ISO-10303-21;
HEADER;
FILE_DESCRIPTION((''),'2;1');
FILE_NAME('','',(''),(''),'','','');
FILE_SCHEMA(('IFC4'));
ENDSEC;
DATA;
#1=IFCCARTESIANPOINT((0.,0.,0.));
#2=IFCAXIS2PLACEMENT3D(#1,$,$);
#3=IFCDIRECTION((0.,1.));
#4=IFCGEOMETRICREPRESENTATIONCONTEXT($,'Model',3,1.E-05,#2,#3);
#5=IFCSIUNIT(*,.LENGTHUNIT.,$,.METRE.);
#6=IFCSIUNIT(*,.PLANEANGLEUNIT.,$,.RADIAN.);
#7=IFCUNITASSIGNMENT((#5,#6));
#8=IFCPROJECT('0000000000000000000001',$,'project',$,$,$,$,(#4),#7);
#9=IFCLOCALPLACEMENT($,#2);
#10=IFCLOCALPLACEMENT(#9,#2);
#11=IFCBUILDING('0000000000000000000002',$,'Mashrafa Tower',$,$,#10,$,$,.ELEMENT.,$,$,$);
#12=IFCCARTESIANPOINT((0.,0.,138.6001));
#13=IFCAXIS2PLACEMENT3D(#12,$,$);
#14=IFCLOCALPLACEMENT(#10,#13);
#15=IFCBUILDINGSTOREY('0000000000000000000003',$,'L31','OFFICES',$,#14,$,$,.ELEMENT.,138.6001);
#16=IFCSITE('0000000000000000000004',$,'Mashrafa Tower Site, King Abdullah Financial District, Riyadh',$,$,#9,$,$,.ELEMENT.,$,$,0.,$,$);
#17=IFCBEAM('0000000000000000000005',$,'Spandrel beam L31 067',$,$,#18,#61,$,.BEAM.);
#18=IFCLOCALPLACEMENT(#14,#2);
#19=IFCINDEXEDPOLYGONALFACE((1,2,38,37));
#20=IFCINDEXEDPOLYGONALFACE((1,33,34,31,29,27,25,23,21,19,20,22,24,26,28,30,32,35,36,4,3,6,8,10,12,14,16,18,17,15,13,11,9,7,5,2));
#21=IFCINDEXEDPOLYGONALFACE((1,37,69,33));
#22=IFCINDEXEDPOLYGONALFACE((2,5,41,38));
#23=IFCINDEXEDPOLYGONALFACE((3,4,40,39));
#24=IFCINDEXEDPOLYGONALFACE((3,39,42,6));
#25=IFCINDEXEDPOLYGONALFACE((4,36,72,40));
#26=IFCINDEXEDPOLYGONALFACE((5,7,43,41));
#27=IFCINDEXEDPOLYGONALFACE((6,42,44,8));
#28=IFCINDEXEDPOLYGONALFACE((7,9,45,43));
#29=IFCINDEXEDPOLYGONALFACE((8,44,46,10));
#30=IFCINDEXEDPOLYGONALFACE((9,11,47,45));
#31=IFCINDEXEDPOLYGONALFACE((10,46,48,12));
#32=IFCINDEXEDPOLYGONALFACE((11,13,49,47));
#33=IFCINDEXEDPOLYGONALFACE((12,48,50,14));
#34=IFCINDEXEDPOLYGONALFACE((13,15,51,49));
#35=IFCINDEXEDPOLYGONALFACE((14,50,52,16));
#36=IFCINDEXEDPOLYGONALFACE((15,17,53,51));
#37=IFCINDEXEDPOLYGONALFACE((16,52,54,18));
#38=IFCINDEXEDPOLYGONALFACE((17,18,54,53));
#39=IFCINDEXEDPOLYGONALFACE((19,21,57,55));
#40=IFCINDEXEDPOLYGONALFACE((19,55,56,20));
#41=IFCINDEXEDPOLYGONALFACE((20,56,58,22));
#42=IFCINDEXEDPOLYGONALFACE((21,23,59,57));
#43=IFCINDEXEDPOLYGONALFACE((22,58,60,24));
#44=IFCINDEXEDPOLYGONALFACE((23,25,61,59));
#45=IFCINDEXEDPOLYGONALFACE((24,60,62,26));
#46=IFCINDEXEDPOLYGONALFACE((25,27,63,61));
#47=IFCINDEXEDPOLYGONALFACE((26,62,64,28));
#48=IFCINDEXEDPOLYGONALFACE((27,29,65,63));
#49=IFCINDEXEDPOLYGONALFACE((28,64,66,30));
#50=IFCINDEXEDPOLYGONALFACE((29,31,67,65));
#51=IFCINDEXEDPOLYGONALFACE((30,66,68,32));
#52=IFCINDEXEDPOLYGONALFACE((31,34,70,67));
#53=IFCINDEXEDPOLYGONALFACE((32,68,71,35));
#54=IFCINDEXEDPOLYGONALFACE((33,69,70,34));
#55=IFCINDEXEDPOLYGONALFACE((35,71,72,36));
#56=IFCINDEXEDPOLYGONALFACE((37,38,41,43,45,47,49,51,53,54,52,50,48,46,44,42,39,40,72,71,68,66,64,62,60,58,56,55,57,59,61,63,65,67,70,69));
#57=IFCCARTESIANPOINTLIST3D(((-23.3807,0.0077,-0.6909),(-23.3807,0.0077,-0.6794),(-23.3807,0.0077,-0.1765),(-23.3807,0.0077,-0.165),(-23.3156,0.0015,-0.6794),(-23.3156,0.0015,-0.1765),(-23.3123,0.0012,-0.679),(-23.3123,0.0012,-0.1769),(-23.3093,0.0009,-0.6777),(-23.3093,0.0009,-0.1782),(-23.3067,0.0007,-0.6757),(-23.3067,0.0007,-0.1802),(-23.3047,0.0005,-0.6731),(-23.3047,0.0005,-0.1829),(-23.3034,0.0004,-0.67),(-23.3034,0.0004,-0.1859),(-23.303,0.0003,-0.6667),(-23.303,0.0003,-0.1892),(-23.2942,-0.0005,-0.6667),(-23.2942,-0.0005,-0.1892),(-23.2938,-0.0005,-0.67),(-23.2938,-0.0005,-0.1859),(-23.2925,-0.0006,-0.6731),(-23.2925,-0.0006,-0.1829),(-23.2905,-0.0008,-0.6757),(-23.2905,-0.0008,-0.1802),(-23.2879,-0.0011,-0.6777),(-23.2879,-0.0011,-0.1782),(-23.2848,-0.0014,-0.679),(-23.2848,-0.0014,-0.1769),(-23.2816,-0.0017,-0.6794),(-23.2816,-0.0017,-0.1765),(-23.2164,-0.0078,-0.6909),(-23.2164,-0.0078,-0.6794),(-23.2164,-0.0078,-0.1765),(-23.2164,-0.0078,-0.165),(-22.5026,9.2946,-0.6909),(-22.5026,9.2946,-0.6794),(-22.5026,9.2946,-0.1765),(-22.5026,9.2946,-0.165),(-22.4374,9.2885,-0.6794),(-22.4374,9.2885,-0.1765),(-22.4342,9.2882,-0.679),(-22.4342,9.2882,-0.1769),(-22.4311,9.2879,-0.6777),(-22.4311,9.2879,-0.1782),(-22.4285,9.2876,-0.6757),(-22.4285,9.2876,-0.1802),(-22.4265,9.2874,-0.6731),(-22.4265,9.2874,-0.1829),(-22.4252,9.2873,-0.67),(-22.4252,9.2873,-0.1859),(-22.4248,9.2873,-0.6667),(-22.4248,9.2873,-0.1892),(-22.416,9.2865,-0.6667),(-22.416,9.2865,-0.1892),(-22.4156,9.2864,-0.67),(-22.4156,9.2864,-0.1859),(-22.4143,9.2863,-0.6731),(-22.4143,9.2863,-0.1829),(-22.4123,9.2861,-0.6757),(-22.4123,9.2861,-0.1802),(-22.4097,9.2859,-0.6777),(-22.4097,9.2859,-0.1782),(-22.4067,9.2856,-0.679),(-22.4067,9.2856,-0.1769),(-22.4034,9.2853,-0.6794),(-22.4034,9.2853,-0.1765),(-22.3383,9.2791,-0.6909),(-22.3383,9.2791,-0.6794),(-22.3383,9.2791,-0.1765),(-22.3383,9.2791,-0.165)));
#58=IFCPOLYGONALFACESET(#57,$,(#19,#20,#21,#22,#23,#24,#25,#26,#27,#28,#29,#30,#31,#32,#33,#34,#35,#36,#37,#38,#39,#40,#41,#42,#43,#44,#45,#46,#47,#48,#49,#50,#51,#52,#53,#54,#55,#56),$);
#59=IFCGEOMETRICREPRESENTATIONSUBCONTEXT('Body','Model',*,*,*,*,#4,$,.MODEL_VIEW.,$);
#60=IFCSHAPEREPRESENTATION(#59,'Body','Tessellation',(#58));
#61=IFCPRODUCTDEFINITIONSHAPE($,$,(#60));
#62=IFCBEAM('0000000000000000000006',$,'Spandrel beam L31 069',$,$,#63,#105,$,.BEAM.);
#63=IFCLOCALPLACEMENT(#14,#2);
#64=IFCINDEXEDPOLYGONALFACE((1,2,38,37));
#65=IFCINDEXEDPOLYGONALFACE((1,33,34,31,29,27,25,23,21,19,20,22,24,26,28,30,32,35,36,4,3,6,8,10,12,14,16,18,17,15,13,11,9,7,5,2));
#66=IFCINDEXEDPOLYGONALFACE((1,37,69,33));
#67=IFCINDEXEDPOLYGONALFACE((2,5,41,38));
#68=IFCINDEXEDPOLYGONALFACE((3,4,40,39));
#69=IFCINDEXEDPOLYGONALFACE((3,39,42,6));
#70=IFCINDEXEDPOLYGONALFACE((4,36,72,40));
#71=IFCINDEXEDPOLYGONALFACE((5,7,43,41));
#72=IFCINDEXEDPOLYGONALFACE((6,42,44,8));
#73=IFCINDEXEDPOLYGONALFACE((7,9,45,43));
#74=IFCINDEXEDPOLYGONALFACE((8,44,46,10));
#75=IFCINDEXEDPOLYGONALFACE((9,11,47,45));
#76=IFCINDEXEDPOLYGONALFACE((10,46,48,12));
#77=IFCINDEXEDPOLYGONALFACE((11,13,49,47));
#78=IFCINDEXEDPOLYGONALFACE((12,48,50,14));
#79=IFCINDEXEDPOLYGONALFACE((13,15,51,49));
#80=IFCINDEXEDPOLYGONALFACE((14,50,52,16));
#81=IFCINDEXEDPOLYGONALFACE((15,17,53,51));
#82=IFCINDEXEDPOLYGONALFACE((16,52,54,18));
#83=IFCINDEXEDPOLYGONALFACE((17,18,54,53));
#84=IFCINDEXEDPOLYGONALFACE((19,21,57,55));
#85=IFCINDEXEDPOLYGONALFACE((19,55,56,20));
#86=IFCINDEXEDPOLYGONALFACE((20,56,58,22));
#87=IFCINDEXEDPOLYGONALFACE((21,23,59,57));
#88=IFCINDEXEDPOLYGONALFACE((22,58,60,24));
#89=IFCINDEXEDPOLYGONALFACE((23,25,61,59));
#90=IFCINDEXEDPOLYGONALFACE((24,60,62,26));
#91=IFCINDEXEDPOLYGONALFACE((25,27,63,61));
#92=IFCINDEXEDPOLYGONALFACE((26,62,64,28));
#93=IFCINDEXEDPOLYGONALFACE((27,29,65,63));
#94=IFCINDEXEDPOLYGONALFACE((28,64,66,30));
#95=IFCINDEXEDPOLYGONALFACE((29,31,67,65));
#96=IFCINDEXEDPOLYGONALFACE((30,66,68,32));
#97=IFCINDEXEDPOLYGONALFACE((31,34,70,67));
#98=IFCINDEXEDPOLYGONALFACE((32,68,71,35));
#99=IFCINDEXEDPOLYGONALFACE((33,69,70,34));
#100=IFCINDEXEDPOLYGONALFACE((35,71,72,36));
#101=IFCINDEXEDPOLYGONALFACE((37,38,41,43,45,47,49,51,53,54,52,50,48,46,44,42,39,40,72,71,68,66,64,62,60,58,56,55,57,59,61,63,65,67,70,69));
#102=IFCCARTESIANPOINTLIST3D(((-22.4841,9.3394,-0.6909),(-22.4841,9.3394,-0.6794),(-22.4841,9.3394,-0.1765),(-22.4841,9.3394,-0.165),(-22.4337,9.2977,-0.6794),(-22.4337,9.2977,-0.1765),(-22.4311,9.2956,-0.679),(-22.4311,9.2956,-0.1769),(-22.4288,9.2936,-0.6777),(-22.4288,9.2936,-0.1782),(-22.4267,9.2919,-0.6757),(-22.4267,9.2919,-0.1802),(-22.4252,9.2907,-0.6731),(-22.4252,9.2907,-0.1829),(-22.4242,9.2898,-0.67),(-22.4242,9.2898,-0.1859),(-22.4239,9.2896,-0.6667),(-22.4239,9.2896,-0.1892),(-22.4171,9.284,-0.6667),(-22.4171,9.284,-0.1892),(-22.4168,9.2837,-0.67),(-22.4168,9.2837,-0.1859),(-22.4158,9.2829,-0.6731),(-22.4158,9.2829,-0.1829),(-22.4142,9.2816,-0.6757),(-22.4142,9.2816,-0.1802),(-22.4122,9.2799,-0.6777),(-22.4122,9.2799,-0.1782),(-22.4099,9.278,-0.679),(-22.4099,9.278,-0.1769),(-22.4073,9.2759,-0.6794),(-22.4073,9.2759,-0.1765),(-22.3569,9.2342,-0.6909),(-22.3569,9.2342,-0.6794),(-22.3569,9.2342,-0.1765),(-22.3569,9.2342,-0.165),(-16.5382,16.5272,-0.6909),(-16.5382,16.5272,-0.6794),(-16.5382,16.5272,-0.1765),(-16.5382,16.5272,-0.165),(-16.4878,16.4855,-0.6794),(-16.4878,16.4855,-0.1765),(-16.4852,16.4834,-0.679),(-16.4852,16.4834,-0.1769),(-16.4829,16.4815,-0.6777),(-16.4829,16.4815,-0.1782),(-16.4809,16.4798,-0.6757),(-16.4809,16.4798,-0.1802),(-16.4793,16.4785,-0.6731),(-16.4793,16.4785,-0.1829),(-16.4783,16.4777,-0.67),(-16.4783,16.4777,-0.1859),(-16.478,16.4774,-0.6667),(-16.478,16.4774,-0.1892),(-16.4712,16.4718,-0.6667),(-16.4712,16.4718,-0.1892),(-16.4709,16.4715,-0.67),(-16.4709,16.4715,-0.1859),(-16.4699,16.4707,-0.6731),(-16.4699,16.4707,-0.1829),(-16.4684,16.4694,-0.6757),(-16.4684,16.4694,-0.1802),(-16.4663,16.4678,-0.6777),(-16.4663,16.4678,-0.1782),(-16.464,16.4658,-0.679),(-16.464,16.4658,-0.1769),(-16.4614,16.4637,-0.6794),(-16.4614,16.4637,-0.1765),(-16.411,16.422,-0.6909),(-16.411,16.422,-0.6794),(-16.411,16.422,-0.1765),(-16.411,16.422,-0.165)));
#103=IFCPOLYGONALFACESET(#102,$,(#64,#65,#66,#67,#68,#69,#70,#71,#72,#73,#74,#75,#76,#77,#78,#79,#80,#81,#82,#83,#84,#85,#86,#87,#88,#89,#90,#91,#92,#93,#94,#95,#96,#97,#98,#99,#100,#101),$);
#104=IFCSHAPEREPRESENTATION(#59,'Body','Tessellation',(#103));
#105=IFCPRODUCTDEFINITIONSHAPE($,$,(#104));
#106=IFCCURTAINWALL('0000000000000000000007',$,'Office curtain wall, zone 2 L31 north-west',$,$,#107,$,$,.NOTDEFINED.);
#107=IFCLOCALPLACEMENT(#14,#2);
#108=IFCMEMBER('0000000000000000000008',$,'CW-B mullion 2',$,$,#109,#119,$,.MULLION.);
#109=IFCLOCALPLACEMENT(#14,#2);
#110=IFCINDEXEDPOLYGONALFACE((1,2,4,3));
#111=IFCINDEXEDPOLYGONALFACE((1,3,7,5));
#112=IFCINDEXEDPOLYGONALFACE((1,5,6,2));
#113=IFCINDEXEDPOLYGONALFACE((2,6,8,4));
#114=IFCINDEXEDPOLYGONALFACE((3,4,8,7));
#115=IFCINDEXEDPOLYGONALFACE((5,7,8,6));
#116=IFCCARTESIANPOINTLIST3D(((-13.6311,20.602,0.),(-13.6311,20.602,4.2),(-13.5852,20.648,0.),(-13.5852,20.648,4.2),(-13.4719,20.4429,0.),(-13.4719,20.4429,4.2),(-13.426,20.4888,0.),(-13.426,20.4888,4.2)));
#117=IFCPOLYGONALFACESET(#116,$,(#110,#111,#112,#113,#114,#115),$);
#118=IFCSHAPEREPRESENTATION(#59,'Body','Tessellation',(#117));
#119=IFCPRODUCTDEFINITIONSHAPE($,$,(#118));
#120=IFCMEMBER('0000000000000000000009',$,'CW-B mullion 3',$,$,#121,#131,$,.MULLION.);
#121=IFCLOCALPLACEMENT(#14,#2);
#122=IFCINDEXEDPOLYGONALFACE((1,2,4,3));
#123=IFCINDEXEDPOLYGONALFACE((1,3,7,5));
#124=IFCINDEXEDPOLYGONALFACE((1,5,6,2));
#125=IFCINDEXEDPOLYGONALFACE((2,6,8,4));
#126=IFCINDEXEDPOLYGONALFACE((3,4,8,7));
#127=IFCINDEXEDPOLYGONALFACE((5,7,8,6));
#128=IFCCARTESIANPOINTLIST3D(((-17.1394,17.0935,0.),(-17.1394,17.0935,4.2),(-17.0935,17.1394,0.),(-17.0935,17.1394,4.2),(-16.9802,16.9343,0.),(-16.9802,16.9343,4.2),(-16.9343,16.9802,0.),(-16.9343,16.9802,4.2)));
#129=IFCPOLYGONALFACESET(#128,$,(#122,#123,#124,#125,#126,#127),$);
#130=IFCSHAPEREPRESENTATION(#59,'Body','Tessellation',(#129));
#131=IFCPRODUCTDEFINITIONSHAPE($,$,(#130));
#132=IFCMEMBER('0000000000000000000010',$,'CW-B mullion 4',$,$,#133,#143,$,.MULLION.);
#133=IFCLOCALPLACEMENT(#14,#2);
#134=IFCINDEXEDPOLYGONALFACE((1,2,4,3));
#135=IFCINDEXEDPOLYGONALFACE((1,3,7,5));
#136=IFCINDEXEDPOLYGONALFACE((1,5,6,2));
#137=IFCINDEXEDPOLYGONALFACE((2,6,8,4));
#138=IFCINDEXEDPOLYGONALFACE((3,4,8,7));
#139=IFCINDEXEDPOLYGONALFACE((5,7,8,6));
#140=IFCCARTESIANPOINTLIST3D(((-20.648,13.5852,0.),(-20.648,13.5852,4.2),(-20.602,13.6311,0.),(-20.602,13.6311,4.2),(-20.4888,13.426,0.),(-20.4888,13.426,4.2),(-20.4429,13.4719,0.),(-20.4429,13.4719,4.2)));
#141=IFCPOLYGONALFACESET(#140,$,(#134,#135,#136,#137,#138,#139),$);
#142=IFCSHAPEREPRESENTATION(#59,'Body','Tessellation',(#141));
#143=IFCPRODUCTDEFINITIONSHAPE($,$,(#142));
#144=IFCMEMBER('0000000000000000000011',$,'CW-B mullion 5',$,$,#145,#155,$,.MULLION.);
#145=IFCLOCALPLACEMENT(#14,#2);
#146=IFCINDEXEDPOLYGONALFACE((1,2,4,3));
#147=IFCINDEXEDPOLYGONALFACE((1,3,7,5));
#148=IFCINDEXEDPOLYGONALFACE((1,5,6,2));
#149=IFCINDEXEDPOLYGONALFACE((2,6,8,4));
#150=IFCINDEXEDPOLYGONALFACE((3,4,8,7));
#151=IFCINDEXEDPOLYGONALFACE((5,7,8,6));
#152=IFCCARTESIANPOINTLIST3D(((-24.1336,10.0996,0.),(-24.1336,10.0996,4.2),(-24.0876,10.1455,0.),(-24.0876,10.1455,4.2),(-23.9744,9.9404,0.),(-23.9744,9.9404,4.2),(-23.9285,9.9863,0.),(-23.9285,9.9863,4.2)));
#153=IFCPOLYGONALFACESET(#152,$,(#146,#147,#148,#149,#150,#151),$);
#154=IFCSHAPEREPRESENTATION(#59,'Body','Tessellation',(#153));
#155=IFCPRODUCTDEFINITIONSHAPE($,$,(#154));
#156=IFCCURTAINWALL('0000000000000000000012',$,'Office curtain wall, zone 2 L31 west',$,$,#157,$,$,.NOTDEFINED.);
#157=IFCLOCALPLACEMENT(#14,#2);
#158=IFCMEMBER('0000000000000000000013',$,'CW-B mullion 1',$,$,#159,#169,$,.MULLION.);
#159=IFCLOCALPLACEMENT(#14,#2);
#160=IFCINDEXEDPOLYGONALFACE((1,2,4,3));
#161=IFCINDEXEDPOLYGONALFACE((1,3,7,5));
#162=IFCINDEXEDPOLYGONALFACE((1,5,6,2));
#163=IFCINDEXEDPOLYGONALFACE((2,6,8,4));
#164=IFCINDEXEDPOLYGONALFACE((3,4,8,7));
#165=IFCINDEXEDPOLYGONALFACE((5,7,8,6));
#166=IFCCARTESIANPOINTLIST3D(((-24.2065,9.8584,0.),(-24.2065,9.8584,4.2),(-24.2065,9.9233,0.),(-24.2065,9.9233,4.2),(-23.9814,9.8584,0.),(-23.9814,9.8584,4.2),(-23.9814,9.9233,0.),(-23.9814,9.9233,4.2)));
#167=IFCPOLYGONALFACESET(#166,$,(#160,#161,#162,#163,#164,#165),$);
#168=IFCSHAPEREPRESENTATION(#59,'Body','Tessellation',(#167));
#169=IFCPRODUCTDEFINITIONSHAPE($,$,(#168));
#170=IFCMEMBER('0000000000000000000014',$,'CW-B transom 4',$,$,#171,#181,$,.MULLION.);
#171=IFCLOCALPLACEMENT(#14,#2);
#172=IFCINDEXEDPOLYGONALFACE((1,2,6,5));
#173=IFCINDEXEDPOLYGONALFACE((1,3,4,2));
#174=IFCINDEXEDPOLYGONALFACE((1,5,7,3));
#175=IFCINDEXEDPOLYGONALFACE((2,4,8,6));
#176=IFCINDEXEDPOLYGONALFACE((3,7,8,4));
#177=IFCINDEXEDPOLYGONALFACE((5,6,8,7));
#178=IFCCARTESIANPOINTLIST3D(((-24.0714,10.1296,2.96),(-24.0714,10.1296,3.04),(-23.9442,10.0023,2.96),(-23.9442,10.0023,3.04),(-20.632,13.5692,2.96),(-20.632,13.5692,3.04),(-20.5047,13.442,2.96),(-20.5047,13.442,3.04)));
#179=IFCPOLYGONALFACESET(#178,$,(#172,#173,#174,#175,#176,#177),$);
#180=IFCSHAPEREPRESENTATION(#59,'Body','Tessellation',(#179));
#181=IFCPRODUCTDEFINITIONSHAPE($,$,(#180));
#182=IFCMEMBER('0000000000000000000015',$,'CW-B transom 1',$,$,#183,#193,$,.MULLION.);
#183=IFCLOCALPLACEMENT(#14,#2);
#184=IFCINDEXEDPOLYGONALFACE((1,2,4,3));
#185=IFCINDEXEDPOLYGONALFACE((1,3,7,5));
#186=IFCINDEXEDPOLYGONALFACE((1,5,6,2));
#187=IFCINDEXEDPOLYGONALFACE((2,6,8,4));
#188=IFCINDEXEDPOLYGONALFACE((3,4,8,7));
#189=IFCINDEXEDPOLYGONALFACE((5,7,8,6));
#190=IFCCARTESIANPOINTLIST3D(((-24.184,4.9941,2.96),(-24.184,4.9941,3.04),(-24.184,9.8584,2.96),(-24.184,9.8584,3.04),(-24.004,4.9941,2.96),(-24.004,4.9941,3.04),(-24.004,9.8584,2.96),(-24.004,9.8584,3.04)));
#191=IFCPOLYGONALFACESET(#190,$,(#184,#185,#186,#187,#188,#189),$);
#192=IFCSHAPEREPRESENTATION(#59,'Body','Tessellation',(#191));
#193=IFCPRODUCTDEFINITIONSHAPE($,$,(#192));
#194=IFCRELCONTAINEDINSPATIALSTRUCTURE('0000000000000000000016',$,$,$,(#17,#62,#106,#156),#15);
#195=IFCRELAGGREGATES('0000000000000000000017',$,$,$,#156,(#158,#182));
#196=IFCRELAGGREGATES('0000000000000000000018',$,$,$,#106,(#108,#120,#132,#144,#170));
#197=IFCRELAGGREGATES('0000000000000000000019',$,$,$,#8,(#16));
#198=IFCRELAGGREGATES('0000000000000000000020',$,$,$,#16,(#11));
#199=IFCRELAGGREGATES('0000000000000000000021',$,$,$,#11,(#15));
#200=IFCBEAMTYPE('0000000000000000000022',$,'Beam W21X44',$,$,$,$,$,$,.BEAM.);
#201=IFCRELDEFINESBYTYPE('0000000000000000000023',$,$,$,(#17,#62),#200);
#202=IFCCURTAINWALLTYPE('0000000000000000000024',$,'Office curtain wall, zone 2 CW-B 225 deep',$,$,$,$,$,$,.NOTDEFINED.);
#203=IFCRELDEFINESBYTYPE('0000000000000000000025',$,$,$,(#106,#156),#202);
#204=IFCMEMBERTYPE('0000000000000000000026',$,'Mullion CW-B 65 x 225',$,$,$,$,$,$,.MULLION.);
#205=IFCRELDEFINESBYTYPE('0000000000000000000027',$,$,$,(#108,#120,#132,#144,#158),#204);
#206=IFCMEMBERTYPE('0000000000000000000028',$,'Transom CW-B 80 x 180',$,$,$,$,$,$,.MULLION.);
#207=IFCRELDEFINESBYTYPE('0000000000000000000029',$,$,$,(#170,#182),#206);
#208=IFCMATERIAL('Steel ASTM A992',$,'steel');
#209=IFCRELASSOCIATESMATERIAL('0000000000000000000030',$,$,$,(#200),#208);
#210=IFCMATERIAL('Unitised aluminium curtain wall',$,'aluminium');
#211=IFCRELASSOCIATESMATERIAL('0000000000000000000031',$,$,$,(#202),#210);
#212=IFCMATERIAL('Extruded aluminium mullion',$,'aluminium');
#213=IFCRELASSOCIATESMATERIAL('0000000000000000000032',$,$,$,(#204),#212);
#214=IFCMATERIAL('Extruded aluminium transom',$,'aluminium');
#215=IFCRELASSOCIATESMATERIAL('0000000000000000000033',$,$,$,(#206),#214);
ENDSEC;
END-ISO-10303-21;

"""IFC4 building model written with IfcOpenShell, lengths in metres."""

from ifc_helpers import new_model, si_unit, direction, frame, origin, origin_2d, place, context, subcontext, project, spatial, rectangle, i_section, extrude, source, transform, mapped, material, material_profile, profile_set, type_object, type_shapes, element, aggregate, save


model = new_model("IFC4")

# Units and contexts
model_context = context("Model", 3, precision=1e-05, world=origin(), true_north=direction((0.0, 1.0)))
body_context = subcontext(model_context, "Body", "Model", "MODEL_VIEW")
ifc_project = project(units=[si_unit("LENGTHUNIT", "METRE"), si_unit("PLANEANGLEUNIT", "RADIAN")], contexts=[model_context])

# Site, building, storey
site_placement = place(None, origin())
site = spatial("IfcSite", under=ifc_project, at=site_placement, Name="Mashrafa Tower Site, King Abdullah Financial District, Riyadh", CompositionType="ELEMENT", RefElevation=0.0)
building_placement = place(site_placement, origin())
building = spatial("IfcBuilding", under=site, at=building_placement, Name="Mashrafa Tower", CompositionType="ELEMENT")
storey_placement = place(building_placement, frame((0.0, 0.0, 138.6001)))
storey = spatial("IfcBuildingStorey", under=building, at=storey_placement, Name="L31", Description="OFFICES", CompositionType="ELEMENT", Elevation=138.6001)

# Beams
ifc_material_1 = material(Name="Steel ASTM A992", Category="steel")
ifc_material_profile_1 = material_profile(ifc_material_1, i_section(OverallWidth=0.165, OverallDepth=0.5259, WebThickness=0.0088, FlangeThickness=0.0115, FilletRadius=0.0127, at=origin_2d()), Name="W21X44")
ifc_profile_set_1 = profile_set([ifc_material_profile_1], Name="Steel ASTM A992")
beam_type_1 = type_object("IfcBeamType", Name="Beam W21X44", PredefinedType="BEAM", material=ifc_profile_set_1)
for number, where, z_axis, x_axis, name in (
    (1, (-22.4204, 9.2869, -0.428), (-0.094141, -0.995559, 0.0), (0.995559, -0.094141, 0.0), "Spandrel beam L31 067"),
    (2, (-16.4746, 16.4746, -0.428), (-0.637397, -0.770535, 0.0), (0.770535, -0.637397, 0.0), "Spandrel beam L31 069"),
):
    element("IfcBeam", number, at=place(storey_placement, frame(where, z_axis=z_axis, x_axis=x_axis)), inside=storey, type_object=beam_type_1, Name=name, PredefinedType="BEAM", context=body_context, shape_type="SweptSolid", body=[
        extrude(i_section(OverallWidth=0.165, OverallDepth=0.5259, WebThickness=0.0088, FlangeThickness=0.0115, FilletRadius=0.0127, at=origin_2d()), origin(), (0.0, 0.0, 1.0), 9.3284),
    ])

# Curtain wall, members
ifc_material_2 = material(Name="Unitised aluminium curtain wall", Category="aluminium")
curtain_wall_type = type_object("IfcCurtainWallType", Name="Office curtain wall, zone 2 CW-B 225 deep", PredefinedType="NOTDEFINED", material=ifc_material_2)
curtain_wall_1_placement = place(storey_placement, origin())
curtain_wall_1 = element("IfcCurtainWall", 3, at=curtain_wall_1_placement, inside=storey, type_object=curtain_wall_type, Name="Office curtain wall, zone 2 L31 north-west", PredefinedType="NOTDEFINED")
ifc_material_3 = material(Name="Extruded aluminium mullion", Category="aluminium")
ifc_material_profile_2 = material_profile(ifc_material_3, rectangle(XDim=0.2251, YDim=0.0649, at=origin_2d()), Name="Mullion 65x225")
ifc_profile_set_2 = profile_set([ifc_material_profile_2], Name="Extruded aluminium mullion")
member_type_1 = type_object("IfcMemberType", Name="Mullion CW-B 65 x 225", PredefinedType="MULLION", material=ifc_profile_set_2)
shared_shape_1 = source(origin(), body_context, "Body", "SweptSolid", [
    extrude(rectangle(XDim=0.2251, YDim=0.0649, at=origin_2d()), origin(), (0.0, 0.0, 1.0), 4.2),
])
type_shapes(member_type_1, [shared_shape_1])
member_1_placement = place(storey_placement, frame((-13.5286, 20.5454, 0.0), z_axis=(0.0, 0.0, 1.0), x_axis=(0.707107, -0.707107, 0.0)))
member_1 = element("IfcMember", 4, at=member_1_placement, type_object=member_type_1, Name="CW-B mullion 2", PredefinedType="MULLION", context=body_context, shape_type="MappedRepresentation", body=[
    mapped(shared_shape_1, transform((0.0, 0.0, 0.0))),
])
member_2_placement = place(storey_placement, frame((-17.0369, 17.0369, 0.0), z_axis=(0.0, 0.0, 1.0), x_axis=(0.707107, -0.707107, 0.0)))
member_2 = element("IfcMember", 5, at=member_2_placement, type_object=member_type_1, Name="CW-B mullion 3", PredefinedType="MULLION", context=body_context, shape_type="MappedRepresentation", body=[
    mapped(shared_shape_1, transform((0.0, 0.0, 0.0))),
])
member_3_placement = place(storey_placement, frame((-20.5454, 13.5286, 0.0), z_axis=(0.0, 0.0, 1.0), x_axis=(0.707107, -0.707107, 0.0)))
member_3 = element("IfcMember", 6, at=member_3_placement, type_object=member_type_1, Name="CW-B mullion 4", PredefinedType="MULLION", context=body_context, shape_type="MappedRepresentation", body=[
    mapped(shared_shape_1, transform((0.0, 0.0, 0.0))),
])
member_4_placement = place(storey_placement, frame((-24.031, 10.043, 0.0), z_axis=(0.0, 0.0, 1.0), x_axis=(0.707107, -0.707107, 0.0)))
member_4 = element("IfcMember", 7, at=member_4_placement, type_object=member_type_1, Name="CW-B mullion 5", PredefinedType="MULLION", context=body_context, shape_type="MappedRepresentation", body=[
    mapped(shared_shape_1, transform((0.0, 0.0, 0.0))),
])

# Curtain wall, member
curtain_wall_2_placement = place(storey_placement, origin())
curtain_wall_2 = element("IfcCurtainWall", 8, at=curtain_wall_2_placement, inside=storey, type_object=curtain_wall_type, Name="Office curtain wall, zone 2 L31 west", PredefinedType="NOTDEFINED")
member_5_placement = place(storey_placement, frame((-24.094, 9.8909, 0.0), z_axis=(0.0, 0.0, 1.0), x_axis=(1.0, 0.0, 0.0)))
member_5 = element("IfcMember", 9, at=member_5_placement, type_object=member_type_1, Name="CW-B mullion 1", PredefinedType="MULLION", context=body_context, shape_type="MappedRepresentation", body=[
    mapped(shared_shape_1, transform((0.0, 0.0, 0.0))),
])

# Members
ifc_material_4 = material(Name="Extruded aluminium transom", Category="aluminium")
ifc_material_profile_3 = material_profile(ifc_material_4, rectangle(XDim=0.1799, YDim=0.0801, at=origin_2d()), Name="Transom 80x180")
ifc_profile_set_3 = profile_set([ifc_material_profile_3], Name="Extruded aluminium transom")
member_type_2 = type_object("IfcMemberType", Name="Transom CW-B 80 x 180", PredefinedType="MULLION", material=ifc_profile_set_3)
shared_shape_2 = source(origin(), body_context, "Body", "SweptSolid", [
    extrude(rectangle(XDim=0.1799, YDim=0.0801, at=origin_2d()), origin(), (0.0, 0.0, 1.0), 4.8643),
])
member_6_placement = place(storey_placement, frame((-20.5684, 13.5056, 3.0), z_axis=(-0.707082, -0.707132, 0.0), x_axis=(0.707132, -0.707082, 0.0)))
member_6 = element("IfcMember", 10, at=member_6_placement, type_object=member_type_2, Name="CW-B transom 4", PredefinedType="MULLION", context=body_context, shape_type="MappedRepresentation", body=[
    mapped(shared_shape_2, transform((0.0, 0.0, 0.0))),
])
member_7_placement = place(storey_placement, frame((-24.094, 9.8584, 3.0), z_axis=(0.0, -1.0, 0.0), x_axis=(1.0, 0.0, 0.0)))
member_7 = element("IfcMember", 11, at=member_7_placement, type_object=member_type_2, Name="CW-B transom 1", PredefinedType="MULLION", context=body_context, shape_type="MappedRepresentation", body=[
    mapped(shared_shape_2, transform((0.0, 0.0, 0.0))),
])
aggregate(curtain_wall_2, [member_5, member_7])

aggregate(curtain_wall_1, [member_1, member_2, member_3, member_4, member_6])

save(model, "model.ifc")
